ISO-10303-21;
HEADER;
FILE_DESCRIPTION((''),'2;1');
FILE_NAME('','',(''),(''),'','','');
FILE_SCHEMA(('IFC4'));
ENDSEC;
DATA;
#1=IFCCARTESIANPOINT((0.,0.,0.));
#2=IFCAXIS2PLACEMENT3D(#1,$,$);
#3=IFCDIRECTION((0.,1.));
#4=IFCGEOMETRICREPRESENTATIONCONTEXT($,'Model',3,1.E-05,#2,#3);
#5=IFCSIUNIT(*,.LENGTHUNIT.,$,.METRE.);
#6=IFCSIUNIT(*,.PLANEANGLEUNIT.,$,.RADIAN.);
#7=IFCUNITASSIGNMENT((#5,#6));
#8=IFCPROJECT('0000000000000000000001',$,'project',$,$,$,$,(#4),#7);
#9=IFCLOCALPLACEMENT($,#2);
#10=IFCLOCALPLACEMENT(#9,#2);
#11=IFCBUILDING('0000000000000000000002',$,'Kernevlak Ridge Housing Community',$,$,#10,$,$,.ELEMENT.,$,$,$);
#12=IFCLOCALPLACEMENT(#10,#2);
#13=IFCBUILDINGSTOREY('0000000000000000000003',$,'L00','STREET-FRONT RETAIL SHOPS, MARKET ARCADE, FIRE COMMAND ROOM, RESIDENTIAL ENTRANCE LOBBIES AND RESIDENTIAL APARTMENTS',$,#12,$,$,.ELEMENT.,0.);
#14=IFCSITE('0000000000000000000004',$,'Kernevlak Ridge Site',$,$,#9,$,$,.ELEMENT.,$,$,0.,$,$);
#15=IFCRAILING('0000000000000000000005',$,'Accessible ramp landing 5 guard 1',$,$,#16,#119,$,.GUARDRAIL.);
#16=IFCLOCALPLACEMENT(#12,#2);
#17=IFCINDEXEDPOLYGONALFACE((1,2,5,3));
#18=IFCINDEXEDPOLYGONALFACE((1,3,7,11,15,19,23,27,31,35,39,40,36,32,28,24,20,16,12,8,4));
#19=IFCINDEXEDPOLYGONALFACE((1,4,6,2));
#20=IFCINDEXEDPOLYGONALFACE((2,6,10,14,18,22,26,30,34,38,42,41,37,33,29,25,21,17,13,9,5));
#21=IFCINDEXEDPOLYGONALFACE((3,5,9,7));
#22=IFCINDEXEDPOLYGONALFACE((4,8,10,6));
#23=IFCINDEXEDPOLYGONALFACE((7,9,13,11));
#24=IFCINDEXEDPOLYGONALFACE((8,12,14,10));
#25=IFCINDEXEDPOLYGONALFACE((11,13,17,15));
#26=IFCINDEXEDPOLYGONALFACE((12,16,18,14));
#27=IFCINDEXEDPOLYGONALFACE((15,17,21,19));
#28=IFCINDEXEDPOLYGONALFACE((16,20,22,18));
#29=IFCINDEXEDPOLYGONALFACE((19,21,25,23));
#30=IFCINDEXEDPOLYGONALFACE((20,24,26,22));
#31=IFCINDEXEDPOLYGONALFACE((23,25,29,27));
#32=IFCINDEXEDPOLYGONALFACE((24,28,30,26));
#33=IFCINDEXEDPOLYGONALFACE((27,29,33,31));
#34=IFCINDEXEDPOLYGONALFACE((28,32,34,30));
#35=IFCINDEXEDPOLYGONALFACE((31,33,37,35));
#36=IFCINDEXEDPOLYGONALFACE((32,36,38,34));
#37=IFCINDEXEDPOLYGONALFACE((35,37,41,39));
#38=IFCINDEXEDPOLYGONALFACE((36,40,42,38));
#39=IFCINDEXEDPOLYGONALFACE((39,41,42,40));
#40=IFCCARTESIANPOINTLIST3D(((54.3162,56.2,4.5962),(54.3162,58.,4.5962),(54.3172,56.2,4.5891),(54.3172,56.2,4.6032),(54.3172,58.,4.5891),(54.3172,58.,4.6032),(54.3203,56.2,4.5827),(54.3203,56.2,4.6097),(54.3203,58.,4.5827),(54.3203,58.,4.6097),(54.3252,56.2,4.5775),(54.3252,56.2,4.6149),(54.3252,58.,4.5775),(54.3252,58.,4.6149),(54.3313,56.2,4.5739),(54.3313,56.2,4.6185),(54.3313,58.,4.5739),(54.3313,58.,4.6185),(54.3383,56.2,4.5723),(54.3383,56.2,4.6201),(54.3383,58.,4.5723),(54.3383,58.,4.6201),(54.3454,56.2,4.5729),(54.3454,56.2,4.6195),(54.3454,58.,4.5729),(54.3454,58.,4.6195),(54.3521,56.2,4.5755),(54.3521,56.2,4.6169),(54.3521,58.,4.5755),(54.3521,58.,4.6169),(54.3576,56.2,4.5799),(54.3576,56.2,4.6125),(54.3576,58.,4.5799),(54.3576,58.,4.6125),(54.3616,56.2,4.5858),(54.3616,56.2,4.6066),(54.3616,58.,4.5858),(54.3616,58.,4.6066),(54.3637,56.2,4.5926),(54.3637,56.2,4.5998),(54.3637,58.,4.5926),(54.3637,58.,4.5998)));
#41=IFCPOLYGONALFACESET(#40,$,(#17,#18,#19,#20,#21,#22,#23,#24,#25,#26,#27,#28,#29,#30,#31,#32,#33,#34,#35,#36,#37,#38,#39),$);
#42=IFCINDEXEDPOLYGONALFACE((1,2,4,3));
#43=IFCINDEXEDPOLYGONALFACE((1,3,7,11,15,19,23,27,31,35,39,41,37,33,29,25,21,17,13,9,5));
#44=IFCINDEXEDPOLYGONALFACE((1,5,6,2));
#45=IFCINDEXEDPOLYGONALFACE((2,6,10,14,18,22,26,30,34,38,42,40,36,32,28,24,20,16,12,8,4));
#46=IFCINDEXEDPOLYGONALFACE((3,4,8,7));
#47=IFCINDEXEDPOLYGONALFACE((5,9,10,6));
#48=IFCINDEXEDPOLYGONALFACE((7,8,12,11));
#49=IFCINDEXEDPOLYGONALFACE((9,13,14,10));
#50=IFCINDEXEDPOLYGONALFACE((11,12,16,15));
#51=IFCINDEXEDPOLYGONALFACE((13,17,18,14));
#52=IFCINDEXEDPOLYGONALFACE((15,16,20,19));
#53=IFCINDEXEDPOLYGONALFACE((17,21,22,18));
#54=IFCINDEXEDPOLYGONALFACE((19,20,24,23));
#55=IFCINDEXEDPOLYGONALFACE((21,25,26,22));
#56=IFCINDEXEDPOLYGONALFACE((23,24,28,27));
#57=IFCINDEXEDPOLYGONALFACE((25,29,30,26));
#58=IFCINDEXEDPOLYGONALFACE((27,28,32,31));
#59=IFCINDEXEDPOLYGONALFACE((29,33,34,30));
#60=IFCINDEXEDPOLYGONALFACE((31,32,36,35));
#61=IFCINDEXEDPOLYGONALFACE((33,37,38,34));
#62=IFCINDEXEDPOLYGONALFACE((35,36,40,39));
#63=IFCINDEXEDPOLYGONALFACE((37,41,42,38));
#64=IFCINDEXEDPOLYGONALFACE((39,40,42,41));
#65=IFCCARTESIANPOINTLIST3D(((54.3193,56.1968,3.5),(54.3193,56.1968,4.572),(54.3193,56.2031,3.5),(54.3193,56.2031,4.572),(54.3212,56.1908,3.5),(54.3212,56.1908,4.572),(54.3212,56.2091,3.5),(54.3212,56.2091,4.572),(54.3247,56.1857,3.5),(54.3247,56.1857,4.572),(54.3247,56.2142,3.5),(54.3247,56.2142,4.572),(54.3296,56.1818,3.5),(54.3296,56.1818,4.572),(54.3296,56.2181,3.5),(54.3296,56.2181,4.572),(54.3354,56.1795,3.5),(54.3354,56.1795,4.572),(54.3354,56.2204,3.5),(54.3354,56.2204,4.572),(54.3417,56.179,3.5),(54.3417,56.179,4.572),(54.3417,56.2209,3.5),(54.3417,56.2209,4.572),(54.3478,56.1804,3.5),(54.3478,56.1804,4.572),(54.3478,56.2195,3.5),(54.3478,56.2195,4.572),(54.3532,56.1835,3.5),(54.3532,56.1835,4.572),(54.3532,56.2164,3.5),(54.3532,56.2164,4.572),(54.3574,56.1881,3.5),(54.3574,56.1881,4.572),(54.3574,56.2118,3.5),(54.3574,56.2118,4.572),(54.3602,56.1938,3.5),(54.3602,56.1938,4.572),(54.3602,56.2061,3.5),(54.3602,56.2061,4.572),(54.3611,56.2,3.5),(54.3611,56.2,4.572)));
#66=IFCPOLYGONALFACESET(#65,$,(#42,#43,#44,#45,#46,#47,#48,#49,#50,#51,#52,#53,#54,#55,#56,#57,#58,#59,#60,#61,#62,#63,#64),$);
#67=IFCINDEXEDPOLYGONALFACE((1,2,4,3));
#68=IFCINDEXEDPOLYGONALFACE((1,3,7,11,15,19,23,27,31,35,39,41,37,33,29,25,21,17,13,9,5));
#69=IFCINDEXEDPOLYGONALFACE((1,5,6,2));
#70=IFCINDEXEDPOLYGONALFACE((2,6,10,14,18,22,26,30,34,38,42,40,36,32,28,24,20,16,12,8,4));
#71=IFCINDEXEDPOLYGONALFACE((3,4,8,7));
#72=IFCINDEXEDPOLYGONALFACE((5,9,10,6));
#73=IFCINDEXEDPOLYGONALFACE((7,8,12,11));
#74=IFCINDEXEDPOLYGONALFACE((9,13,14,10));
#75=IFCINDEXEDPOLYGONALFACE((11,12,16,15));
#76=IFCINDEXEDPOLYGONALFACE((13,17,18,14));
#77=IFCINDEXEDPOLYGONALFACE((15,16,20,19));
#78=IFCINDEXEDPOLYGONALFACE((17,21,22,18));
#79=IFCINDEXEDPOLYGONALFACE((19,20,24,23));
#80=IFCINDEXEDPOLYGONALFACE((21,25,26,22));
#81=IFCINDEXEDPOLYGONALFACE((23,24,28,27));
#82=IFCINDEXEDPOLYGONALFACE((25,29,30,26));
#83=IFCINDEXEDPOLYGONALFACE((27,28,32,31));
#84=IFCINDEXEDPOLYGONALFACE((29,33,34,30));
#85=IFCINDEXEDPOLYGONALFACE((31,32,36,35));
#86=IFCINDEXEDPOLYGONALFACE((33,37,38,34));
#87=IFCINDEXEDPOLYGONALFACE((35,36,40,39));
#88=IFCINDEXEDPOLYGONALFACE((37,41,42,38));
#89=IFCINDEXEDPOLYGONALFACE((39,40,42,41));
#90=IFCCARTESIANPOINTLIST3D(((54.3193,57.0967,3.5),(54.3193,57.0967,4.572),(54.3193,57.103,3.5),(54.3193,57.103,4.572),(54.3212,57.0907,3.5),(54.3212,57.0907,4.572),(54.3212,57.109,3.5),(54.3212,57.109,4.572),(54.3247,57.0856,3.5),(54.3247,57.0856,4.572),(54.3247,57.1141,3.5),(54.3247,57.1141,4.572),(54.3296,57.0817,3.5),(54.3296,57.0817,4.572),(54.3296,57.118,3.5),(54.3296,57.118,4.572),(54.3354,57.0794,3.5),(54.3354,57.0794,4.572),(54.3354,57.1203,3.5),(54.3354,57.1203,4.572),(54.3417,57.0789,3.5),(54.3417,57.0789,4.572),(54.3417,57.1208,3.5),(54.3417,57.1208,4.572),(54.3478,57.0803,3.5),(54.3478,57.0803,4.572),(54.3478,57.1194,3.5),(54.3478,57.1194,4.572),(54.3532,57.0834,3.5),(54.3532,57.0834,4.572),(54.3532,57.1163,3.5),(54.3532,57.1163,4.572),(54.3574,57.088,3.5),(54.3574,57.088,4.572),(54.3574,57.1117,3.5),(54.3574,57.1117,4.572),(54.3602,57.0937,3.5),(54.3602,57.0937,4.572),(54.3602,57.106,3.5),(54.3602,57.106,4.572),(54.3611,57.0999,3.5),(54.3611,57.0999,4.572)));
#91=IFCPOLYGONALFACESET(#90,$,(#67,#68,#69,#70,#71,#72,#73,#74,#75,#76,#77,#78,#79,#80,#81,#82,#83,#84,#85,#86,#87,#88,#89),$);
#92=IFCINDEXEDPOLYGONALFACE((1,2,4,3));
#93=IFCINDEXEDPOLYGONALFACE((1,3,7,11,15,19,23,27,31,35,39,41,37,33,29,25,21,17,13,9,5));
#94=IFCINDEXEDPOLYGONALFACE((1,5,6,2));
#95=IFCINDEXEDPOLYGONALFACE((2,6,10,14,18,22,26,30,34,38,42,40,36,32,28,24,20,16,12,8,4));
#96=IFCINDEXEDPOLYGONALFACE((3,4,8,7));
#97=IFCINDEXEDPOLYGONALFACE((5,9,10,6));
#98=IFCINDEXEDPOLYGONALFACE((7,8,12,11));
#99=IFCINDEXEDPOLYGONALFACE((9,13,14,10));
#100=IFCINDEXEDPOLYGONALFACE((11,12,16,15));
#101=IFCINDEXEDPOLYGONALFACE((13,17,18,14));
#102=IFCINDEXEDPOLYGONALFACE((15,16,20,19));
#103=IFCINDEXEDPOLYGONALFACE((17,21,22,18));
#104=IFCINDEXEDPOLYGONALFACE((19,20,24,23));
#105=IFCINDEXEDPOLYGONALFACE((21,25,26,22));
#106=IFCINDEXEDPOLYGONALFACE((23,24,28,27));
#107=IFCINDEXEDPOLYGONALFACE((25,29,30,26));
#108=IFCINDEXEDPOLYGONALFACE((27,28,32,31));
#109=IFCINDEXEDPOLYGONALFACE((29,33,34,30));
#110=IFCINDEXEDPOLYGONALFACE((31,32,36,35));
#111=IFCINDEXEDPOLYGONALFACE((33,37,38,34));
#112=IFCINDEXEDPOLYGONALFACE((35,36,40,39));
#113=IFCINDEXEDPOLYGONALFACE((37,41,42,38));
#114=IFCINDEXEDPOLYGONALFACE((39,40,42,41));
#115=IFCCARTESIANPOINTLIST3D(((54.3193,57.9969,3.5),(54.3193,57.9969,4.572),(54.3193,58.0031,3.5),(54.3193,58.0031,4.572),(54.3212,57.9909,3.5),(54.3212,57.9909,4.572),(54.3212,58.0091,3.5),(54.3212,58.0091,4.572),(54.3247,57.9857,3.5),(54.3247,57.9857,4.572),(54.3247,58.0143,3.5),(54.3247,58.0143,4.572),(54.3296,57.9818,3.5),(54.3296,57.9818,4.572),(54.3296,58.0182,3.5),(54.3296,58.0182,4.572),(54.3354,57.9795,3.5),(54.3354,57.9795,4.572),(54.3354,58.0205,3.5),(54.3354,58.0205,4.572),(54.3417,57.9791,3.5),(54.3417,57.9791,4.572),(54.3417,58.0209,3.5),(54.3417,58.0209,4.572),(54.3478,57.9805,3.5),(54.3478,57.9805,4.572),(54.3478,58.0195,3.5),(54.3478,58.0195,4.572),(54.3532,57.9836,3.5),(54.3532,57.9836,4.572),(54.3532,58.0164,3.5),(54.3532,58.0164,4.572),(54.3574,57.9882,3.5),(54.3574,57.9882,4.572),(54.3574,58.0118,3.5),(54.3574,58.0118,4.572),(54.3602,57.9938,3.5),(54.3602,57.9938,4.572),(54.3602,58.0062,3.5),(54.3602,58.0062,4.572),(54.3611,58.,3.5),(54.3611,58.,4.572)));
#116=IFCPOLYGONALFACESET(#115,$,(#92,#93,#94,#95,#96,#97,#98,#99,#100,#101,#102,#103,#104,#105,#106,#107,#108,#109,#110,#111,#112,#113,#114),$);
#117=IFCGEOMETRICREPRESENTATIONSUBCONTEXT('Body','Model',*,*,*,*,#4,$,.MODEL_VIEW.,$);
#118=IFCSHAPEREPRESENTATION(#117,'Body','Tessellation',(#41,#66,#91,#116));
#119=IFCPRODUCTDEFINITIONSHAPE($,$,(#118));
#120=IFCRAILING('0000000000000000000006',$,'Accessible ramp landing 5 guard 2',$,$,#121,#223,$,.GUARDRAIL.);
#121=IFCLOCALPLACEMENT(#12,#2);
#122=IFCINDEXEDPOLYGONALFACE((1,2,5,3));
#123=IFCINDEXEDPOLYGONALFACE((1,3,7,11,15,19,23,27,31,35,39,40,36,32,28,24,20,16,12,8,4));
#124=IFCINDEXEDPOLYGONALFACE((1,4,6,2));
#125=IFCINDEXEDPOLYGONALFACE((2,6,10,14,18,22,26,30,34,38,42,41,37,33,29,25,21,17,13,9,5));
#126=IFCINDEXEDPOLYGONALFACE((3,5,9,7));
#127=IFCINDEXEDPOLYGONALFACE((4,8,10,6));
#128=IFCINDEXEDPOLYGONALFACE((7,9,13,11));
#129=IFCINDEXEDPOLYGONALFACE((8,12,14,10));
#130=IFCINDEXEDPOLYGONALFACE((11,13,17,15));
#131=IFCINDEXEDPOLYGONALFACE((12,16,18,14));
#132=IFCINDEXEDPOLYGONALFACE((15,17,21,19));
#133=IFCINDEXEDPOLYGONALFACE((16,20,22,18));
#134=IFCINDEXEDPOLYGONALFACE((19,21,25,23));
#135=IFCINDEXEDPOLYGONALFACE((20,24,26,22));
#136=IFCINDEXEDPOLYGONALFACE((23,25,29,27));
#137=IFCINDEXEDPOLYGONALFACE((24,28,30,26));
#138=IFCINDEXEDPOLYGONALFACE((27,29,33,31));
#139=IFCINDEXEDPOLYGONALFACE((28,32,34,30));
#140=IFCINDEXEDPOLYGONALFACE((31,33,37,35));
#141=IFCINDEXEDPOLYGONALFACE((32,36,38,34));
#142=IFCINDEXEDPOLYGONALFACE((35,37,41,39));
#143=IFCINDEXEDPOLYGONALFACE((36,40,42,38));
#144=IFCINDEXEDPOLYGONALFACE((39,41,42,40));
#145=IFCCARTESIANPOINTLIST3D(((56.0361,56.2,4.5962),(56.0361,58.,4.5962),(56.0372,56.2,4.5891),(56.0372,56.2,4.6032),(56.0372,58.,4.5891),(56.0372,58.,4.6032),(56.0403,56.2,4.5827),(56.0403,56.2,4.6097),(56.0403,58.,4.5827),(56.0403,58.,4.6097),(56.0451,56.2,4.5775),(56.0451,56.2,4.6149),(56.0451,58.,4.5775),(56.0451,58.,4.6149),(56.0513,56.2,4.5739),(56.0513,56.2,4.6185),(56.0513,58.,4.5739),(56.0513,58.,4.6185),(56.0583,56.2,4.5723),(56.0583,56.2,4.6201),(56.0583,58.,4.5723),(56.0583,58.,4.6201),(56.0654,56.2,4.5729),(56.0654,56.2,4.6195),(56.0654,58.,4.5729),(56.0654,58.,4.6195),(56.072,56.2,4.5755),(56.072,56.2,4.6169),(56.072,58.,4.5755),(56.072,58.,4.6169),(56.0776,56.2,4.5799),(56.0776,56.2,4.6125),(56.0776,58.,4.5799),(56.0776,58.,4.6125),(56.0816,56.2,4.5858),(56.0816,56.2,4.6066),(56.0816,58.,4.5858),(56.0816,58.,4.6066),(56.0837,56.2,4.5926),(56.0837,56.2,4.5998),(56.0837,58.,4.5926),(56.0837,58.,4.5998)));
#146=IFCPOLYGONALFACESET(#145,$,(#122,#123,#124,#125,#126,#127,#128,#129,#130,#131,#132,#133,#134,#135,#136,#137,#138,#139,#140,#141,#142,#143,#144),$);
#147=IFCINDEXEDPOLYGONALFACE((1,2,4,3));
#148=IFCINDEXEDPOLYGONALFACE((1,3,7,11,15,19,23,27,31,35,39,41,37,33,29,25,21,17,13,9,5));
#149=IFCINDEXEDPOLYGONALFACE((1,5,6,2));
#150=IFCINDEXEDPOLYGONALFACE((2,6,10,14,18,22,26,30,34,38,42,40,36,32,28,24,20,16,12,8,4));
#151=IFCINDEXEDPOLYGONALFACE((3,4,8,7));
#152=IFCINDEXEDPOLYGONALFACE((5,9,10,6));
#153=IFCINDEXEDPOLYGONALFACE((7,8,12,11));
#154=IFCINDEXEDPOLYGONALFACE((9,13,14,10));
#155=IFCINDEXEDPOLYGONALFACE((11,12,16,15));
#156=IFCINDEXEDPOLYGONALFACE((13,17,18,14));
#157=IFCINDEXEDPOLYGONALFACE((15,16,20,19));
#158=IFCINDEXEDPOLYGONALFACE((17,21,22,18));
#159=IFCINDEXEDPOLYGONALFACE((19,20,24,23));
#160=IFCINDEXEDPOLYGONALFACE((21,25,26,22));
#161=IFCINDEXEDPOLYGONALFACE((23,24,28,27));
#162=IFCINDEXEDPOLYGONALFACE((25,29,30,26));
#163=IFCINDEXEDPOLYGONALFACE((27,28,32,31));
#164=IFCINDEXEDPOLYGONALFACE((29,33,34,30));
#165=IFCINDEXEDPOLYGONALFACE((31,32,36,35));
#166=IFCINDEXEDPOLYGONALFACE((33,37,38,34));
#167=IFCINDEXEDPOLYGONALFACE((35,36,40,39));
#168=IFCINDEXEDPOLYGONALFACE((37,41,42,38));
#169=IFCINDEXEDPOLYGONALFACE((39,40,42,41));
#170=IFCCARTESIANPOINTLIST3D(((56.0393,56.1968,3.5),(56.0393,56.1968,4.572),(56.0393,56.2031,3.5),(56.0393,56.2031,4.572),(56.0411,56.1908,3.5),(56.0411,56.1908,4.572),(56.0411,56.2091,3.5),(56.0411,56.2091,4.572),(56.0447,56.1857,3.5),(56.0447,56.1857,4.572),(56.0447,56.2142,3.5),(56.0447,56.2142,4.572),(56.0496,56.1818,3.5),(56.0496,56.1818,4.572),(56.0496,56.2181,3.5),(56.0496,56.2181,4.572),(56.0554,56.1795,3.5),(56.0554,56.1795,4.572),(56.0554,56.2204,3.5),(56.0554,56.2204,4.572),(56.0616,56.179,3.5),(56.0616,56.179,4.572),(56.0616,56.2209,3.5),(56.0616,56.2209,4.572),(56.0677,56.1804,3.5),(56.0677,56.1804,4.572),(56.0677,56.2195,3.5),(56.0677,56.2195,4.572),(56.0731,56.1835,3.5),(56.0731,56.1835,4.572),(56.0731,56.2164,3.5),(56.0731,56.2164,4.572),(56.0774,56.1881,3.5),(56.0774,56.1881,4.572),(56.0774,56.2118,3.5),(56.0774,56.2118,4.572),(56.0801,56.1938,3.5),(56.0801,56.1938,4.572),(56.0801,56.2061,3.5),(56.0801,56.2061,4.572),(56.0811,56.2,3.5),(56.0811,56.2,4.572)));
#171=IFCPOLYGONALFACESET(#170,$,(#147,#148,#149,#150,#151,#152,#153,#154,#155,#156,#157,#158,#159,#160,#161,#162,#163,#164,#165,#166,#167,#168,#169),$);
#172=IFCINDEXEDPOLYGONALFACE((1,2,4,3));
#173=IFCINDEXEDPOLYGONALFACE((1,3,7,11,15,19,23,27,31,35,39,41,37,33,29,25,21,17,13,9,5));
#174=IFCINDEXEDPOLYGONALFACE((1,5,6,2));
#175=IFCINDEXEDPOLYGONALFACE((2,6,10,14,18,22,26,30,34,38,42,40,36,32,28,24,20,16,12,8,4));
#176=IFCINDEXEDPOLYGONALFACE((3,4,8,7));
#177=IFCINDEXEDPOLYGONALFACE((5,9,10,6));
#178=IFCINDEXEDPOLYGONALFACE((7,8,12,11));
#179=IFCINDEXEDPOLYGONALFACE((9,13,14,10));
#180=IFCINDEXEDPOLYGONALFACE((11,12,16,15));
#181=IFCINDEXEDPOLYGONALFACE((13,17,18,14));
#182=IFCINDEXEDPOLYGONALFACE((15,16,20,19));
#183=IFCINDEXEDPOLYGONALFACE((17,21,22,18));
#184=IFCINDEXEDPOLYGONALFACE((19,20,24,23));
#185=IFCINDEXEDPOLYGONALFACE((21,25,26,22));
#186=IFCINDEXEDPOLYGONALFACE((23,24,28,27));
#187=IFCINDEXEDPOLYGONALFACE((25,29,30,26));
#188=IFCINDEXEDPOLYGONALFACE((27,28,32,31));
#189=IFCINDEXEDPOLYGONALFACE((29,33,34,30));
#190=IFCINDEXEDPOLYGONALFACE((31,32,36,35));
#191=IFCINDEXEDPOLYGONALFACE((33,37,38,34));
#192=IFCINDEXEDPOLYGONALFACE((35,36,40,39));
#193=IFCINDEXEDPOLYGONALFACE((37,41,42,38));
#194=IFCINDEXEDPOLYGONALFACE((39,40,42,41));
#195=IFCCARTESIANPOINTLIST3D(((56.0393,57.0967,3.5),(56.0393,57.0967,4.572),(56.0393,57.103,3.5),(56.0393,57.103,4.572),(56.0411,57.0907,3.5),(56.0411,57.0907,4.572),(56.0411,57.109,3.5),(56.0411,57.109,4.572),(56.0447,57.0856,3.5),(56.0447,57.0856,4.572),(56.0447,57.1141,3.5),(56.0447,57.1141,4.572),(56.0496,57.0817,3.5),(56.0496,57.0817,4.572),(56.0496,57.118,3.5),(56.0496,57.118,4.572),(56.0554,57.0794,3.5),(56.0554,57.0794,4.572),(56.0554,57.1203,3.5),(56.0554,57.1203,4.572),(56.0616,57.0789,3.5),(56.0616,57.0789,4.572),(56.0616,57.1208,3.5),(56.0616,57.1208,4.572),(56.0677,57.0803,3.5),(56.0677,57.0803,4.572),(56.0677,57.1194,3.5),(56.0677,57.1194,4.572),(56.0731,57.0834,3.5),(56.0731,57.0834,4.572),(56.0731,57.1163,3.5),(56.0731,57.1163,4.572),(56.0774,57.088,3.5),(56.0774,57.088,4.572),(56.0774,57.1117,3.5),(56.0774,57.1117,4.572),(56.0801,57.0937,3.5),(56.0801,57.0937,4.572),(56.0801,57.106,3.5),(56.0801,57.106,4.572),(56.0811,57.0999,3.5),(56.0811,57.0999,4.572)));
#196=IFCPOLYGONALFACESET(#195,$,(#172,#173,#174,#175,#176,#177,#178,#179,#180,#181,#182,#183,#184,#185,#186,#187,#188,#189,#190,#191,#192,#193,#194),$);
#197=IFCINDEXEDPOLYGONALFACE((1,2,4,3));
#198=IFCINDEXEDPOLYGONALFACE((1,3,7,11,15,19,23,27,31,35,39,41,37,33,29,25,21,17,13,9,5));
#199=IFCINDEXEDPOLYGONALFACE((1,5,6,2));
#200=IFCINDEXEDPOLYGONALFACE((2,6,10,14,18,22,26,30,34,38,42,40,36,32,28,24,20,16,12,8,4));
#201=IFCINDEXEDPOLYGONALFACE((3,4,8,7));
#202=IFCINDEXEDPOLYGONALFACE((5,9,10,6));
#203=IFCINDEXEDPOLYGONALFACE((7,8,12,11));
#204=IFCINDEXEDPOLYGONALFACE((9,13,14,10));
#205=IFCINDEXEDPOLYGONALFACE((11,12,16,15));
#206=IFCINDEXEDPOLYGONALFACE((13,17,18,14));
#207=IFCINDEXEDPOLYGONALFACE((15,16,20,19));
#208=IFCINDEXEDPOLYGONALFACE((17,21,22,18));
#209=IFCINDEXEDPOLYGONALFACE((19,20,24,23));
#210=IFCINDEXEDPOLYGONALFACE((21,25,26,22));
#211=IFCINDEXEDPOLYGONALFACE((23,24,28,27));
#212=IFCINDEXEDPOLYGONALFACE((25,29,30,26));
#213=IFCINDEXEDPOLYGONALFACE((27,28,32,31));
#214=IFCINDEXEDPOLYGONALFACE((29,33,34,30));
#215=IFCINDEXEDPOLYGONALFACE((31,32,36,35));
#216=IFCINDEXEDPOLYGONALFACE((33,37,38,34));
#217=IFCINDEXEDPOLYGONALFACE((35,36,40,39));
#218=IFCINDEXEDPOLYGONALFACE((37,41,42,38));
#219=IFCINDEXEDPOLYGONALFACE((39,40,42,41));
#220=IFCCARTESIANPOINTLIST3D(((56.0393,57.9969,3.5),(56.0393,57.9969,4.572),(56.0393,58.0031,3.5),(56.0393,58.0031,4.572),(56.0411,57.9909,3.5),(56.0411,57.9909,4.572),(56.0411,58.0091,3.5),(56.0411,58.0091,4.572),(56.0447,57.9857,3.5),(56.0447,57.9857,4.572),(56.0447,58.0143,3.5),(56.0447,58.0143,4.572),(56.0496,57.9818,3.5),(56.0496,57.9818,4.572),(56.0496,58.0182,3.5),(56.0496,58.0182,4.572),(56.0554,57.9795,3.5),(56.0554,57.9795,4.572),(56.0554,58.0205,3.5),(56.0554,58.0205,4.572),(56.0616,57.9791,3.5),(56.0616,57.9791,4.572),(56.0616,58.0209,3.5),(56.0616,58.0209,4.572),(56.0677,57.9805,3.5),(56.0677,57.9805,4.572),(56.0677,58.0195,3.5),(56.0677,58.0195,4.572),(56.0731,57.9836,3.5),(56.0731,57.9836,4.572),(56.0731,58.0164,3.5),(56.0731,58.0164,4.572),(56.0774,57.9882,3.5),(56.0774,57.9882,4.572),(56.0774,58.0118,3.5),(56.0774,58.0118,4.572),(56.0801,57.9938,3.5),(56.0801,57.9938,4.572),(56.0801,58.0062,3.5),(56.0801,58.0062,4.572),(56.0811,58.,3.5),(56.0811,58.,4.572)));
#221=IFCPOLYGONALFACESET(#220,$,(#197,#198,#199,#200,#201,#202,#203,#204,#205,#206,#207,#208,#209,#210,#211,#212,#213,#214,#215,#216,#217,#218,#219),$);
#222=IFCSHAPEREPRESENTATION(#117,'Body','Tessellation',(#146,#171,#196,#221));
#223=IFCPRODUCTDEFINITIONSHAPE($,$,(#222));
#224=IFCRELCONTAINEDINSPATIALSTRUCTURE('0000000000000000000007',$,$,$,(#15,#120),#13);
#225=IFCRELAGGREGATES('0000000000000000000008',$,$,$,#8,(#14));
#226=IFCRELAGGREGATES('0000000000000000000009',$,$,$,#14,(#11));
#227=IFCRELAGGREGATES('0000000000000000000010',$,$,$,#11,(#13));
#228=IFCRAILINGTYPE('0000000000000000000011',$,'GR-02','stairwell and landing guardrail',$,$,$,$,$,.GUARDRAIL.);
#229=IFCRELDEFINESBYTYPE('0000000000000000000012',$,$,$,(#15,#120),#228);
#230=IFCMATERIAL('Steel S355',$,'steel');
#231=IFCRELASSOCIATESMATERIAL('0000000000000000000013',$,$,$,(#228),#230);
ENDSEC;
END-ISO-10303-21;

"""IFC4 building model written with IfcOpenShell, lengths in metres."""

from ifc_helpers import new_model, si_unit, direction, frame, origin, origin_2d, place, context, subcontext, project, spatial, circle, extrude, material, type_object, element, save


model = new_model("IFC4")

# Units and contexts
model_context = context("Model", 3, precision=1e-05, world=origin(), true_north=direction((0.0, 1.0)))
body_context = subcontext(model_context, "Body", "Model", "MODEL_VIEW")
ifc_project = project(units=[si_unit("LENGTHUNIT", "METRE"), si_unit("PLANEANGLEUNIT", "RADIAN")], contexts=[model_context])

# Site, building, storey
site_placement = place(None, origin())
site = spatial("IfcSite", under=ifc_project, at=site_placement, Name="Kernevlak Ridge Site", CompositionType="ELEMENT", RefElevation=0.0)
building_placement = place(site_placement, origin())
building = spatial("IfcBuilding", under=site, at=building_placement, Name="Kernevlak Ridge Housing Community", CompositionType="ELEMENT")
storey_placement = place(building_placement, origin())
storey = spatial("IfcBuildingStorey", under=building, at=storey_placement, Name="L00", Description="STREET-FRONT RETAIL SHOPS, MARKET ARCADE, FIRE COMMAND ROOM, RESIDENTIAL ENTRANCE LOBBIES AND RESIDENTIAL APARTMENTS", CompositionType="ELEMENT", Elevation=0.0)

# Railings
ifc_material_1 = material(Name="Steel S355", Category="steel")
railing_type = type_object("IfcRailingType", Name="GR-02", Description="stairwell and landing guardrail", PredefinedType="GUARDRAIL", material=ifc_material_1)
for number, where, name in (
    (1, (54.3401, 56.2, 3.5), "Accessible ramp landing 5 guard 1"),
    (2, (56.0601, 56.2, 3.5), "Accessible ramp landing 5 guard 2"),
):
    element("IfcRailing", number, at=place(storey_placement, frame(where)), inside=storey, type_object=railing_type, Name=name, PredefinedType="GUARDRAIL", context=body_context, shape_type="SweptSolid", body=[
        extrude(circle(Radius=0.0239, at=origin_2d()), frame((0.0, 0.0, 1.0962), z_axis=(0.0, 1.0, 0.0), x_axis=(-1.0, 0.0, 0.0)), (0.0, 0.0, 1.0), 1.8),
        extrude(circle(Radius=0.021, at=origin_2d()), origin(), (0.0, 0.0, 1.0), 1.072),
        extrude(circle(Radius=0.021, at=origin_2d()), frame((0.0, 0.8999, 0.0)), (0.0, 0.0, 1.0), 1.072),
        extrude(circle(Radius=0.021, at=origin_2d()), frame((0.0, 1.8, 0.0)), (0.0, 0.0, 1.0), 1.072),
    ])

save(model, "model.ifc")
